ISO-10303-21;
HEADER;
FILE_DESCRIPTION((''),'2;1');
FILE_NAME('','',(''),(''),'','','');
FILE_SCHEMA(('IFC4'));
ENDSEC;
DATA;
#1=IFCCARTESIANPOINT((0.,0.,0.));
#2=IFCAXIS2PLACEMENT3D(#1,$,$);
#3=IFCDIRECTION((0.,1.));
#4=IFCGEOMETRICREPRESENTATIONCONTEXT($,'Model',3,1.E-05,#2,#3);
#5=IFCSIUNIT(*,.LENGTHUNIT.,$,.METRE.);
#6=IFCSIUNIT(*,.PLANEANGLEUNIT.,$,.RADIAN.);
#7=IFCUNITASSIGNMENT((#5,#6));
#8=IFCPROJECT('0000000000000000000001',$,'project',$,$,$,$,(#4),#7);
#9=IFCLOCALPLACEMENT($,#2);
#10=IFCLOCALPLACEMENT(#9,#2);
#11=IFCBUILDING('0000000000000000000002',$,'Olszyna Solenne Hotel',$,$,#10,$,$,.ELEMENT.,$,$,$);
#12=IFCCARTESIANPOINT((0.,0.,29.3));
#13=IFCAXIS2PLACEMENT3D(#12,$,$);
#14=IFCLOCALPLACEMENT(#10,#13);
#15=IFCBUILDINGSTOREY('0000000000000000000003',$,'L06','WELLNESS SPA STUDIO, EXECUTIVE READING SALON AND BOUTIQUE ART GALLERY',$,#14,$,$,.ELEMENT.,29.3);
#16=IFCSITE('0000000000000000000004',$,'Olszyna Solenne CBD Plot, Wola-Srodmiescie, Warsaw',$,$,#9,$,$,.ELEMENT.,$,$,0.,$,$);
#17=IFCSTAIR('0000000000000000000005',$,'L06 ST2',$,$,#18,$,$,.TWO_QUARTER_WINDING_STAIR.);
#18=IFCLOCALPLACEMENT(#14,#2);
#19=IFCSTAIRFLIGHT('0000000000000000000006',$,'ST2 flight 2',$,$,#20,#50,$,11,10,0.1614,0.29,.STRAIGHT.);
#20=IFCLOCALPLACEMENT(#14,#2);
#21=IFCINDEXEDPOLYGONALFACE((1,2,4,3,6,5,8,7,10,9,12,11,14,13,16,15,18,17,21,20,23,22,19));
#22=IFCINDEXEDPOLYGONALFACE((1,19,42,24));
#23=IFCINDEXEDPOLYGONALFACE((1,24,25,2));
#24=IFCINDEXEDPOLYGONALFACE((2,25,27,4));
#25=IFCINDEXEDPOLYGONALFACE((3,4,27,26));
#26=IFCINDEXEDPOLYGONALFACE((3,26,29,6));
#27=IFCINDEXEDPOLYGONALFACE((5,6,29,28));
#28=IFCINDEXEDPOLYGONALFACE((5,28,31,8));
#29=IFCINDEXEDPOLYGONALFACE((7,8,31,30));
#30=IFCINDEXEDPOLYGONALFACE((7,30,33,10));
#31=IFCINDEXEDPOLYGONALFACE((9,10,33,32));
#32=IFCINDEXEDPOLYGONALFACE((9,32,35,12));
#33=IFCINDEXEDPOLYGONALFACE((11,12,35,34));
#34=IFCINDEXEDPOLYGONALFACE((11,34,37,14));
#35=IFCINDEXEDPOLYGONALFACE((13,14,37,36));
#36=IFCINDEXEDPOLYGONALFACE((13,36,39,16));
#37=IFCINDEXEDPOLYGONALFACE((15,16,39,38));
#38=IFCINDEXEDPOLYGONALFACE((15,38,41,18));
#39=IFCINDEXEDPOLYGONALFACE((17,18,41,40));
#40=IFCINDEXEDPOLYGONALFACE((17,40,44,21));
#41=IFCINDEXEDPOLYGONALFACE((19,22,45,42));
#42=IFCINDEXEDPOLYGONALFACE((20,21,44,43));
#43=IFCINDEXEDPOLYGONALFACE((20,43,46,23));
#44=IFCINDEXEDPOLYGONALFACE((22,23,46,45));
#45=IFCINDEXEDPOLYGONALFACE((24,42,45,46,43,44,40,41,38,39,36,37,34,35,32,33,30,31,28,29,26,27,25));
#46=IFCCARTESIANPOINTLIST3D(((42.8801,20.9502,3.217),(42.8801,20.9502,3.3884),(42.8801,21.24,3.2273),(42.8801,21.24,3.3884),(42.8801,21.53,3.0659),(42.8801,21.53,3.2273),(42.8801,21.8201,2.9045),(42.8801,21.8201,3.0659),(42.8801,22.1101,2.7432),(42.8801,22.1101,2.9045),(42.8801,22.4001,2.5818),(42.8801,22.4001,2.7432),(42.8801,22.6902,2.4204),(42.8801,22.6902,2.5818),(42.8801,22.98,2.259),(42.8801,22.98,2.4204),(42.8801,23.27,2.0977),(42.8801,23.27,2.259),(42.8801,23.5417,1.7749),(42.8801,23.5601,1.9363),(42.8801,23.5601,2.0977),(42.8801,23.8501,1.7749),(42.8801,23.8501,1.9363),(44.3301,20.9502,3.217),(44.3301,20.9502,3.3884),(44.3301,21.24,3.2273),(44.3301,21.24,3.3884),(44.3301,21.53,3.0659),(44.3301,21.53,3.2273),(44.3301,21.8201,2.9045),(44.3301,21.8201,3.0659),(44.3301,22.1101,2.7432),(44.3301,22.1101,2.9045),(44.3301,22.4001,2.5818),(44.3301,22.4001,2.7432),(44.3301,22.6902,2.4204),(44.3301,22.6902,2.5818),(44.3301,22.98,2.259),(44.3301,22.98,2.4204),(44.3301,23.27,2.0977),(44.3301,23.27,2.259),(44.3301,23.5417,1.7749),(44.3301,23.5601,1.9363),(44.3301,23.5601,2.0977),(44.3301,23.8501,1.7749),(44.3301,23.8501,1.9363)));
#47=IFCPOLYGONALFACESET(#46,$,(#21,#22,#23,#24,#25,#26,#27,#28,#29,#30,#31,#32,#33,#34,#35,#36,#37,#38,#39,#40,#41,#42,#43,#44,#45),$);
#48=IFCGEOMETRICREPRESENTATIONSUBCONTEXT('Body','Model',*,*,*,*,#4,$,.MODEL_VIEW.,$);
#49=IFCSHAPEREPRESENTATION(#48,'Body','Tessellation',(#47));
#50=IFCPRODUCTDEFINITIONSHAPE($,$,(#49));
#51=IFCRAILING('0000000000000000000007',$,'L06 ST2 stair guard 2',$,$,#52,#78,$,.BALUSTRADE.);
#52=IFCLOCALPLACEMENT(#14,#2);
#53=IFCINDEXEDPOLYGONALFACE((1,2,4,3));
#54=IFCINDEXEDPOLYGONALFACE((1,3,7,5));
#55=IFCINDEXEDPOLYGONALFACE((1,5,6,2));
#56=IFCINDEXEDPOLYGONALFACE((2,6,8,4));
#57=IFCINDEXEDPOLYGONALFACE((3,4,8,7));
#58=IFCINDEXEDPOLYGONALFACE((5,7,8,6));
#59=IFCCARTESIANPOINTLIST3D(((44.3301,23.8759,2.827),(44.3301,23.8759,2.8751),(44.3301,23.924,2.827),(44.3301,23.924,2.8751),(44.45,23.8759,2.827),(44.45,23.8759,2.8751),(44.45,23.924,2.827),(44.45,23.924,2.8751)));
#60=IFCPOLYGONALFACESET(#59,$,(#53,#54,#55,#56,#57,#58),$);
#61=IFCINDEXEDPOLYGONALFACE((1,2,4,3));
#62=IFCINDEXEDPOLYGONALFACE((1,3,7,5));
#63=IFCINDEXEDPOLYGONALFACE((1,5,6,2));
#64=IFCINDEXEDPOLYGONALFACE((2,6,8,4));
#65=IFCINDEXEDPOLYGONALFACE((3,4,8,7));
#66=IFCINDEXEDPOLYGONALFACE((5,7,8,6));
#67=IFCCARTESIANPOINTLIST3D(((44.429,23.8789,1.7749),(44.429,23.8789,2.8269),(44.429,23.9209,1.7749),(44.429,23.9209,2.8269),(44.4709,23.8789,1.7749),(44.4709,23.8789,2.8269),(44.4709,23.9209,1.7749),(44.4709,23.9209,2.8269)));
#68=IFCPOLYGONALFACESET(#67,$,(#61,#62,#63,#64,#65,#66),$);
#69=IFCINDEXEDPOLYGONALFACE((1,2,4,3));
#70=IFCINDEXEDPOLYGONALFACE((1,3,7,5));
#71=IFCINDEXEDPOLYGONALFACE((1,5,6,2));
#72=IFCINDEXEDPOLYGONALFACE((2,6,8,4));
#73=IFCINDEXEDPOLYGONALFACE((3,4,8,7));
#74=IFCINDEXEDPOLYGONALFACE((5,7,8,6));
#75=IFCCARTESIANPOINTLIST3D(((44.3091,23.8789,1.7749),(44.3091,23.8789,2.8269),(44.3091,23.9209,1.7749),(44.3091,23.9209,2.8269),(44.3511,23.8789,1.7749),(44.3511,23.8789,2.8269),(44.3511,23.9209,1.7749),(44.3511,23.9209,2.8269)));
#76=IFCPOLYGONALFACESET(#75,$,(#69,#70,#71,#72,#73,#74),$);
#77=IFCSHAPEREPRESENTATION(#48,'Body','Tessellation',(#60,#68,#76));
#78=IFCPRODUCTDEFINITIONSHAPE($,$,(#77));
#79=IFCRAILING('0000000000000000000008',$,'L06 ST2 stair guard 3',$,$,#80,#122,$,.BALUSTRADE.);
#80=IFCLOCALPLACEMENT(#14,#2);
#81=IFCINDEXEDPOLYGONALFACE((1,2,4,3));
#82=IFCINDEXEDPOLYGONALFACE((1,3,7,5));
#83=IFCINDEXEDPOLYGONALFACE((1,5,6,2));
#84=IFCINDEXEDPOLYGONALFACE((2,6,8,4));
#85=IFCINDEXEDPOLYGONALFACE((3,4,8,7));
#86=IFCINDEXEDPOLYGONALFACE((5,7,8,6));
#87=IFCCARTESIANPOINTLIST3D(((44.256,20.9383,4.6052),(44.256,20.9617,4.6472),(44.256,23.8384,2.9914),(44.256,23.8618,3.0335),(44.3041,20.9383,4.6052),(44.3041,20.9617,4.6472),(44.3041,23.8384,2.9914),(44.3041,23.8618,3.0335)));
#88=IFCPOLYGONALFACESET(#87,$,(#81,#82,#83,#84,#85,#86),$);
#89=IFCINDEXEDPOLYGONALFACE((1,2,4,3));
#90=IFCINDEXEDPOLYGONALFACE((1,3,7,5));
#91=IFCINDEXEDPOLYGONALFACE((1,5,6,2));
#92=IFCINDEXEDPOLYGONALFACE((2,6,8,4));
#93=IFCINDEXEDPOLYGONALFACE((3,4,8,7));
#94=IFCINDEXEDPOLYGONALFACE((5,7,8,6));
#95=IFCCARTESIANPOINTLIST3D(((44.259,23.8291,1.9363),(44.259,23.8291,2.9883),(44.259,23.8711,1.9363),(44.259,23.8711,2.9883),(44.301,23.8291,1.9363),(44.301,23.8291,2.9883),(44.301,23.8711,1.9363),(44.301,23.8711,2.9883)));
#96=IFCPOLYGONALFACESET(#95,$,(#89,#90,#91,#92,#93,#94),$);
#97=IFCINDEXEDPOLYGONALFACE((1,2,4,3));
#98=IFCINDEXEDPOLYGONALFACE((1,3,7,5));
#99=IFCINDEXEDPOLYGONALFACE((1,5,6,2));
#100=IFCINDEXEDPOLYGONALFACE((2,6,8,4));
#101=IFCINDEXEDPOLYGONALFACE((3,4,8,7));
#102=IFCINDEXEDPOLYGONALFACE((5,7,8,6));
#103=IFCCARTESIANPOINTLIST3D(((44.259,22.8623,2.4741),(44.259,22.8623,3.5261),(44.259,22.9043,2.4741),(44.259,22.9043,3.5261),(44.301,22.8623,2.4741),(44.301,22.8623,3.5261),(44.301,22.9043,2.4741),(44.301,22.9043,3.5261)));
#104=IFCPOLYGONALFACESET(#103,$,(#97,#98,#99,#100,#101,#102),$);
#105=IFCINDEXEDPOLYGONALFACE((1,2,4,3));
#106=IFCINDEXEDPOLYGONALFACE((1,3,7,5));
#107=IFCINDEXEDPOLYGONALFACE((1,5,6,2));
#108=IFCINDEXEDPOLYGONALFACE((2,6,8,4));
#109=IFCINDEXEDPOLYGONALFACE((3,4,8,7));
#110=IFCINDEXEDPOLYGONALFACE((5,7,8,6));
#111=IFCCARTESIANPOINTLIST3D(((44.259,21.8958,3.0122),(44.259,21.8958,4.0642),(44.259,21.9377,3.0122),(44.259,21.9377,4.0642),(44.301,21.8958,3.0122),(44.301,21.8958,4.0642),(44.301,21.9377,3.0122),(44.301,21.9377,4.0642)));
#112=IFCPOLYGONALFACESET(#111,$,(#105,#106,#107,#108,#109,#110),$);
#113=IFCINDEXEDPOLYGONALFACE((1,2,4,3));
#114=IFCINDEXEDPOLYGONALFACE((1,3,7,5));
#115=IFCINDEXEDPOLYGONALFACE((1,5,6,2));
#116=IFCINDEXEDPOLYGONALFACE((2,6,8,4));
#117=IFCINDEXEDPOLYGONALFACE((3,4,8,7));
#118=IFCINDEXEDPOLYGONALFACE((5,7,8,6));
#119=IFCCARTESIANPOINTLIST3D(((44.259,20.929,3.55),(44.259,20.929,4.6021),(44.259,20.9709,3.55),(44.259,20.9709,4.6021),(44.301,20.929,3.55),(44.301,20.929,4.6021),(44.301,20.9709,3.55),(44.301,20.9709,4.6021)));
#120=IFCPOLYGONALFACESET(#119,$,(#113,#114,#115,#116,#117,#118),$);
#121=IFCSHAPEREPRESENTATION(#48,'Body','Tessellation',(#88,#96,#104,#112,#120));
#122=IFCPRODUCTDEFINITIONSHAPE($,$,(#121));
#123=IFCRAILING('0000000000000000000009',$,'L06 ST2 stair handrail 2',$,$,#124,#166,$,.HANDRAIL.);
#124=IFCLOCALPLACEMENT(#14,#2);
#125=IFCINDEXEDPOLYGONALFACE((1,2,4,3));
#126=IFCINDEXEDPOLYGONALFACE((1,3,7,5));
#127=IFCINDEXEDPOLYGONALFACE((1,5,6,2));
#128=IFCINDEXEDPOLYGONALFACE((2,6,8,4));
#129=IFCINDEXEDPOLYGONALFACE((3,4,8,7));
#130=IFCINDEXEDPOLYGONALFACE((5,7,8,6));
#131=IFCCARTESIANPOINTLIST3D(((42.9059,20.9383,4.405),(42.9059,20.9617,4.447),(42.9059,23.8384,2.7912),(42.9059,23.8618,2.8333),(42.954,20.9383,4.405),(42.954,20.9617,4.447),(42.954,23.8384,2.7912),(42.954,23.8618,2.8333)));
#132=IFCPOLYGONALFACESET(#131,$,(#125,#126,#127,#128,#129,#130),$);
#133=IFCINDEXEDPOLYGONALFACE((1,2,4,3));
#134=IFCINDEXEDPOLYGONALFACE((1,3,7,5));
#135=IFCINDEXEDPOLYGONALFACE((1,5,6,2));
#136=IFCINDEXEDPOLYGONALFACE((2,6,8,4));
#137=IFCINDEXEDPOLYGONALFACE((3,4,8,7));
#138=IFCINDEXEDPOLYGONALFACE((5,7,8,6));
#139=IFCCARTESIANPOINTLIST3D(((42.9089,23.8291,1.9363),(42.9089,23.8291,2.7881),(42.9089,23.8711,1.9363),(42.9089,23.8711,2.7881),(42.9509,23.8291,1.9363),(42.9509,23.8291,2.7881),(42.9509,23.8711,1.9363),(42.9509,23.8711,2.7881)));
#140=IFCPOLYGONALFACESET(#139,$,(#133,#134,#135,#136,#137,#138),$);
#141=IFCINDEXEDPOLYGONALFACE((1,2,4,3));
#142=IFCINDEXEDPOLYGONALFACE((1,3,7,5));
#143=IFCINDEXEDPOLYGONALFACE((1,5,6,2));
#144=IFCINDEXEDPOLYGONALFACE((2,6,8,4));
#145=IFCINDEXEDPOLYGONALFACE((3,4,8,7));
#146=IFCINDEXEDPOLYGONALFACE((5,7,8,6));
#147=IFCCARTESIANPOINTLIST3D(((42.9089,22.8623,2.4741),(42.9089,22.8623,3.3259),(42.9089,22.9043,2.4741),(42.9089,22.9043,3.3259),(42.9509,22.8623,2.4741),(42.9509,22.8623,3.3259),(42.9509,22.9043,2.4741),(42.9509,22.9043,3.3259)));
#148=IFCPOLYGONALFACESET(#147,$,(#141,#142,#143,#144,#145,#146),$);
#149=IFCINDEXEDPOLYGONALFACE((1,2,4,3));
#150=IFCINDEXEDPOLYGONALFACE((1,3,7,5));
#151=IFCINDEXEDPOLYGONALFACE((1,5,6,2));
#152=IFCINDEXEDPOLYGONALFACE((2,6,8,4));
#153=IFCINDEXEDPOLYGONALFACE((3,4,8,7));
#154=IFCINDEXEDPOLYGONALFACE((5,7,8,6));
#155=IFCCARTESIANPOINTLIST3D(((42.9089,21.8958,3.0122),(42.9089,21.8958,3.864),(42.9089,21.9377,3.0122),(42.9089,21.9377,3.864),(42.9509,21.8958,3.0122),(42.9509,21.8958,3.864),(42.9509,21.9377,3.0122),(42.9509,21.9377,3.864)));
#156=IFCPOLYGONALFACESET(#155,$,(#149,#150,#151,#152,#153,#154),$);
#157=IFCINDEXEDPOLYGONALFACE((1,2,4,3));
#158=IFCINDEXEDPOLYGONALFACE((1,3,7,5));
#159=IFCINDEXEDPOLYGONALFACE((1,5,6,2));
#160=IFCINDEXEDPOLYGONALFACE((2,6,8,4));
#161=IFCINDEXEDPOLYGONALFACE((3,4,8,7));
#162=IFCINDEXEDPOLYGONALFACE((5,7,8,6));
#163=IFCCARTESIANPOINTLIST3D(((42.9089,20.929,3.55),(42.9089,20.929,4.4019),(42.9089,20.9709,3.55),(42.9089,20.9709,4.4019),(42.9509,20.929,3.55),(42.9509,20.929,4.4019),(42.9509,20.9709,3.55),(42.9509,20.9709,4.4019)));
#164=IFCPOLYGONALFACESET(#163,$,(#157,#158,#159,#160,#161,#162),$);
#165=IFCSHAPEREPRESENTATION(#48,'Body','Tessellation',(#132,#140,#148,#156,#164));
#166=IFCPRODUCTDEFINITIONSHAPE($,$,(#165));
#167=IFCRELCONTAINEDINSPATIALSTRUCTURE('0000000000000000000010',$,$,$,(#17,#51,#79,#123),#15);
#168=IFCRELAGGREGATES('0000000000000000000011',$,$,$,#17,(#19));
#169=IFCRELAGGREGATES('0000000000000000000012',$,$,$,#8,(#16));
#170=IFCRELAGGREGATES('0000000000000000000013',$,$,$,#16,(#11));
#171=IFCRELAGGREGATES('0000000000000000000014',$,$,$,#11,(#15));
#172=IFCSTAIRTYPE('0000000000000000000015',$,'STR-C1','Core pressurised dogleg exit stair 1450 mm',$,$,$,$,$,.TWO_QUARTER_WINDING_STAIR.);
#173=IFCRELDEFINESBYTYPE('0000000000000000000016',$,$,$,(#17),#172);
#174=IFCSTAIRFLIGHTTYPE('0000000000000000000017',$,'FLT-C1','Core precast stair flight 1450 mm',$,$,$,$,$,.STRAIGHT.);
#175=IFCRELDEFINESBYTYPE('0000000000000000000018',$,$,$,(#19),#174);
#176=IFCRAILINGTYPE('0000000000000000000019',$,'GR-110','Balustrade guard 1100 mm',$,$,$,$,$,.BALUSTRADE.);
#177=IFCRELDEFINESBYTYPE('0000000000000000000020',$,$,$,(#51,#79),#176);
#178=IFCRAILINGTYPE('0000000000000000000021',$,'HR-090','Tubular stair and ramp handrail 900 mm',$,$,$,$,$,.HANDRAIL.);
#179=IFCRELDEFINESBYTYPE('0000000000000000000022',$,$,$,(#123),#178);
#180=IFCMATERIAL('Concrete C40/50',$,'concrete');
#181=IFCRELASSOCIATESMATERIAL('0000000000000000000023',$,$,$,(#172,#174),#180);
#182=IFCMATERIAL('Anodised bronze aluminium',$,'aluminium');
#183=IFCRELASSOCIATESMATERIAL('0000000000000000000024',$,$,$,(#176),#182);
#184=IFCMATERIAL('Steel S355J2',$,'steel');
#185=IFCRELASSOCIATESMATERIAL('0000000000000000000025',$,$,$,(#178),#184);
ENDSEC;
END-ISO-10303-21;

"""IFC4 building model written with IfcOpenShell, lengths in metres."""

from ifc_helpers import new_model, si_unit, direction, frame, origin, origin_2d, place, context, subcontext, project, spatial, polyline, rectangle, outline, extrude, material, type_object, element, aggregate, save


model = new_model("IFC4")

# Units and contexts
model_context = context("Model", 3, precision=1e-05, world=origin(), true_north=direction((0.0, 1.0)))
body_context = subcontext(model_context, "Body", "Model", "MODEL_VIEW")
ifc_project = project(units=[si_unit("LENGTHUNIT", "METRE"), si_unit("PLANEANGLEUNIT", "RADIAN")], contexts=[model_context])

# Site, building, storey
site_placement = place(None, origin())
site = spatial("IfcSite", under=ifc_project, at=site_placement, Name="Olszyna Solenne CBD Plot, Wola-Srodmiescie, Warsaw", CompositionType="ELEMENT", RefElevation=0.0)
building_placement = place(site_placement, origin())
building = spatial("IfcBuilding", under=site, at=building_placement, Name="Olszyna Solenne Hotel", CompositionType="ELEMENT")
storey_placement = place(building_placement, frame((0.0, 0.0, 29.3)))
storey = spatial("IfcBuildingStorey", under=building, at=storey_placement, Name="L06", Description="WELLNESS SPA STUDIO, EXECUTIVE READING SALON AND BOUTIQUE ART GALLERY", CompositionType="ELEMENT", Elevation=29.3)

# Shared definitions
ifc_material_1 = material(Name="Steel S355J2", Category="steel")

# Stair, stair flight
ifc_material_2 = material(Name="Concrete C40/50", Category="concrete")
stair_type = type_object("IfcStairType", Name="STR-C1", Description="Core pressurised dogleg exit stair 1450 mm", PredefinedType="TWO_QUARTER_WINDING_STAIR", material=ifc_material_2)
stair_placement = place(storey_placement, origin())
stair = element("IfcStair", 1, at=stair_placement, inside=storey, type_object=stair_type, Name="L06 ST2", PredefinedType="TWO_QUARTER_WINDING_STAIR")
stair_flight_type = type_object("IfcStairFlightType", Name="FLT-C1", Description="Core precast stair flight 1450 mm", PredefinedType="STRAIGHT", material=ifc_material_2)
stair_flight_placement = place(storey_placement, frame((43.605, 23.8501, 1.7749), z_axis=(0.0, 0.0, 1.0), x_axis=(0.0, -1.0, 0.0)))
stair_flight = element("IfcStairFlight", 2, at=stair_flight_placement, type_object=stair_flight_type, Name="ST2 flight 2", NumberOfRisers=11, NumberOfTreads=10, PredefinedType="STRAIGHT", RiserHeight=0.1614, TreadLength=0.29, context=body_context, shape_type="SweptSolid", body=[
    extrude(outline(polyline([(0.0, 0.0), (0.0, 0.1614), (0.29, 0.1614), (0.29, 0.3228), (0.5801, 0.3228), (0.5801, 0.4841), (0.8701, 0.4841), (0.8701, 0.6455), (1.1599, 0.6455), (1.1599, 0.8069), (1.45, 0.8069), (1.45, 0.9683), (1.74, 0.9683), (1.74, 1.1296), (2.03, 1.1296), (2.03, 1.291), (2.3201, 1.291), (2.3201, 1.4524), (2.6101, 1.4524), (2.6101, 1.6135), (2.8999, 1.6135), (2.8999, 1.7749), (2.8999, 1.4421), (0.3083, 0.0), (0.0, 0.0)])), frame((0.0, 0.7251, 0.0), z_axis=(0.0, -1.0, 0.0), x_axis=(1.0, 0.0, 0.0)), (0.0, 0.0, 1.0), 1.45),
])
aggregate(stair, [stair_flight])

# Railings
ifc_material_3 = material(Name="Anodised bronze aluminium", Category="aluminium")
railing_type_1 = type_object("IfcRailingType", Name="GR-110", Description="Balustrade guard 1100 mm", PredefinedType="BALUSTRADE", material=ifc_material_3)
railing_1_placement = place(storey_placement, frame((44.45, 23.8999, 1.7749)))
element("IfcRailing", 3, at=railing_1_placement, inside=storey, type_object=railing_type_1, Name="L06 ST2 stair guard 2", PredefinedType="BALUSTRADE", context=body_context, shape_type="SweptSolid", body=[
    extrude(rectangle(XDim=0.0481, YDim=0.0481, at=origin_2d()), frame((0.0, 0.0, 1.0762), z_axis=(-1.0, 0.0, 0.0), x_axis=(0.0, -1.0, 0.0)), (0.0, 0.0, 1.0), 0.1199),
    extrude(rectangle(XDim=0.042, YDim=0.042, at=origin_2d()), origin(), (0.0, 0.0, 1.0), 1.052),
    extrude(rectangle(XDim=0.042, YDim=0.042, at=origin_2d()), frame((-0.1199, 0.0, 0.0)), (0.0, 0.0, 1.0), 1.052),
])
railing_2_placement = place(storey_placement, frame((44.28, 23.8501, 1.9363)))
element("IfcRailing", 4, at=railing_2_placement, inside=storey, type_object=railing_type_1, Name="L06 ST2 stair guard 3", PredefinedType="BALUSTRADE", context=body_context, shape_type="SweptSolid", body=[
    extrude(rectangle(XDim=0.0481, YDim=0.0481, at=origin_2d()), frame((0.0, 0.0, 1.0762), z_axis=(0.0, -0.873827, 0.486236), x_axis=(1.0, 0.0, 0.0)), (0.0, 0.0, 1.0), 3.3188),
    extrude(rectangle(XDim=0.042, YDim=0.042, at=origin_2d()), origin(), (0.0, 0.0, 1.0), 1.052),
    extrude(rectangle(XDim=0.042, YDim=0.042, at=origin_2d()), frame((0.0, -0.9668, 0.5378)), (0.0, 0.0, 1.0), 1.052),
    extrude(rectangle(XDim=0.042, YDim=0.042, at=origin_2d()), frame((0.0, -1.9333, 1.0759)), (0.0, 0.0, 1.0), 1.052),
    extrude(rectangle(XDim=0.042, YDim=0.042, at=origin_2d()), frame((0.0, -2.9001, 1.6138)), (0.0, 0.0, 1.0), 1.052),
])
railing_type_2 = type_object("IfcRailingType", Name="HR-090", Description="Tubular stair and ramp handrail 900 mm", PredefinedType="HANDRAIL", material=ifc_material_1)
railing_3_placement = place(storey_placement, frame((42.9299, 23.8501, 1.9363)))
element("IfcRailing", 5, at=railing_3_placement, inside=storey, type_object=railing_type_2, Name="L06 ST2 stair handrail 2", PredefinedType="HANDRAIL", context=body_context, shape_type="SweptSolid", body=[
    extrude(rectangle(XDim=0.0481, YDim=0.0481, at=origin_2d()), frame((0.0, 0.0, 0.876), z_axis=(0.0, -0.873827, 0.486236), x_axis=(1.0, 0.0, 0.0)), (0.0, 0.0, 1.0), 3.3188),
    extrude(rectangle(XDim=0.042, YDim=0.042, at=origin_2d()), origin(), (0.0, 0.0, 1.0), 0.8518),
    extrude(rectangle(XDim=0.042, YDim=0.042, at=origin_2d()), frame((0.0, -0.9668, 0.5378)), (0.0, 0.0, 1.0), 0.8518),
    extrude(rectangle(XDim=0.042, YDim=0.042, at=origin_2d()), frame((0.0, -1.9333, 1.0759)), (0.0, 0.0, 1.0), 0.8518),
    extrude(rectangle(XDim=0.042, YDim=0.042, at=origin_2d()), frame((0.0, -2.9001, 1.6138)), (0.0, 0.0, 1.0), 0.8518),
])

save(model, "model.ifc")
